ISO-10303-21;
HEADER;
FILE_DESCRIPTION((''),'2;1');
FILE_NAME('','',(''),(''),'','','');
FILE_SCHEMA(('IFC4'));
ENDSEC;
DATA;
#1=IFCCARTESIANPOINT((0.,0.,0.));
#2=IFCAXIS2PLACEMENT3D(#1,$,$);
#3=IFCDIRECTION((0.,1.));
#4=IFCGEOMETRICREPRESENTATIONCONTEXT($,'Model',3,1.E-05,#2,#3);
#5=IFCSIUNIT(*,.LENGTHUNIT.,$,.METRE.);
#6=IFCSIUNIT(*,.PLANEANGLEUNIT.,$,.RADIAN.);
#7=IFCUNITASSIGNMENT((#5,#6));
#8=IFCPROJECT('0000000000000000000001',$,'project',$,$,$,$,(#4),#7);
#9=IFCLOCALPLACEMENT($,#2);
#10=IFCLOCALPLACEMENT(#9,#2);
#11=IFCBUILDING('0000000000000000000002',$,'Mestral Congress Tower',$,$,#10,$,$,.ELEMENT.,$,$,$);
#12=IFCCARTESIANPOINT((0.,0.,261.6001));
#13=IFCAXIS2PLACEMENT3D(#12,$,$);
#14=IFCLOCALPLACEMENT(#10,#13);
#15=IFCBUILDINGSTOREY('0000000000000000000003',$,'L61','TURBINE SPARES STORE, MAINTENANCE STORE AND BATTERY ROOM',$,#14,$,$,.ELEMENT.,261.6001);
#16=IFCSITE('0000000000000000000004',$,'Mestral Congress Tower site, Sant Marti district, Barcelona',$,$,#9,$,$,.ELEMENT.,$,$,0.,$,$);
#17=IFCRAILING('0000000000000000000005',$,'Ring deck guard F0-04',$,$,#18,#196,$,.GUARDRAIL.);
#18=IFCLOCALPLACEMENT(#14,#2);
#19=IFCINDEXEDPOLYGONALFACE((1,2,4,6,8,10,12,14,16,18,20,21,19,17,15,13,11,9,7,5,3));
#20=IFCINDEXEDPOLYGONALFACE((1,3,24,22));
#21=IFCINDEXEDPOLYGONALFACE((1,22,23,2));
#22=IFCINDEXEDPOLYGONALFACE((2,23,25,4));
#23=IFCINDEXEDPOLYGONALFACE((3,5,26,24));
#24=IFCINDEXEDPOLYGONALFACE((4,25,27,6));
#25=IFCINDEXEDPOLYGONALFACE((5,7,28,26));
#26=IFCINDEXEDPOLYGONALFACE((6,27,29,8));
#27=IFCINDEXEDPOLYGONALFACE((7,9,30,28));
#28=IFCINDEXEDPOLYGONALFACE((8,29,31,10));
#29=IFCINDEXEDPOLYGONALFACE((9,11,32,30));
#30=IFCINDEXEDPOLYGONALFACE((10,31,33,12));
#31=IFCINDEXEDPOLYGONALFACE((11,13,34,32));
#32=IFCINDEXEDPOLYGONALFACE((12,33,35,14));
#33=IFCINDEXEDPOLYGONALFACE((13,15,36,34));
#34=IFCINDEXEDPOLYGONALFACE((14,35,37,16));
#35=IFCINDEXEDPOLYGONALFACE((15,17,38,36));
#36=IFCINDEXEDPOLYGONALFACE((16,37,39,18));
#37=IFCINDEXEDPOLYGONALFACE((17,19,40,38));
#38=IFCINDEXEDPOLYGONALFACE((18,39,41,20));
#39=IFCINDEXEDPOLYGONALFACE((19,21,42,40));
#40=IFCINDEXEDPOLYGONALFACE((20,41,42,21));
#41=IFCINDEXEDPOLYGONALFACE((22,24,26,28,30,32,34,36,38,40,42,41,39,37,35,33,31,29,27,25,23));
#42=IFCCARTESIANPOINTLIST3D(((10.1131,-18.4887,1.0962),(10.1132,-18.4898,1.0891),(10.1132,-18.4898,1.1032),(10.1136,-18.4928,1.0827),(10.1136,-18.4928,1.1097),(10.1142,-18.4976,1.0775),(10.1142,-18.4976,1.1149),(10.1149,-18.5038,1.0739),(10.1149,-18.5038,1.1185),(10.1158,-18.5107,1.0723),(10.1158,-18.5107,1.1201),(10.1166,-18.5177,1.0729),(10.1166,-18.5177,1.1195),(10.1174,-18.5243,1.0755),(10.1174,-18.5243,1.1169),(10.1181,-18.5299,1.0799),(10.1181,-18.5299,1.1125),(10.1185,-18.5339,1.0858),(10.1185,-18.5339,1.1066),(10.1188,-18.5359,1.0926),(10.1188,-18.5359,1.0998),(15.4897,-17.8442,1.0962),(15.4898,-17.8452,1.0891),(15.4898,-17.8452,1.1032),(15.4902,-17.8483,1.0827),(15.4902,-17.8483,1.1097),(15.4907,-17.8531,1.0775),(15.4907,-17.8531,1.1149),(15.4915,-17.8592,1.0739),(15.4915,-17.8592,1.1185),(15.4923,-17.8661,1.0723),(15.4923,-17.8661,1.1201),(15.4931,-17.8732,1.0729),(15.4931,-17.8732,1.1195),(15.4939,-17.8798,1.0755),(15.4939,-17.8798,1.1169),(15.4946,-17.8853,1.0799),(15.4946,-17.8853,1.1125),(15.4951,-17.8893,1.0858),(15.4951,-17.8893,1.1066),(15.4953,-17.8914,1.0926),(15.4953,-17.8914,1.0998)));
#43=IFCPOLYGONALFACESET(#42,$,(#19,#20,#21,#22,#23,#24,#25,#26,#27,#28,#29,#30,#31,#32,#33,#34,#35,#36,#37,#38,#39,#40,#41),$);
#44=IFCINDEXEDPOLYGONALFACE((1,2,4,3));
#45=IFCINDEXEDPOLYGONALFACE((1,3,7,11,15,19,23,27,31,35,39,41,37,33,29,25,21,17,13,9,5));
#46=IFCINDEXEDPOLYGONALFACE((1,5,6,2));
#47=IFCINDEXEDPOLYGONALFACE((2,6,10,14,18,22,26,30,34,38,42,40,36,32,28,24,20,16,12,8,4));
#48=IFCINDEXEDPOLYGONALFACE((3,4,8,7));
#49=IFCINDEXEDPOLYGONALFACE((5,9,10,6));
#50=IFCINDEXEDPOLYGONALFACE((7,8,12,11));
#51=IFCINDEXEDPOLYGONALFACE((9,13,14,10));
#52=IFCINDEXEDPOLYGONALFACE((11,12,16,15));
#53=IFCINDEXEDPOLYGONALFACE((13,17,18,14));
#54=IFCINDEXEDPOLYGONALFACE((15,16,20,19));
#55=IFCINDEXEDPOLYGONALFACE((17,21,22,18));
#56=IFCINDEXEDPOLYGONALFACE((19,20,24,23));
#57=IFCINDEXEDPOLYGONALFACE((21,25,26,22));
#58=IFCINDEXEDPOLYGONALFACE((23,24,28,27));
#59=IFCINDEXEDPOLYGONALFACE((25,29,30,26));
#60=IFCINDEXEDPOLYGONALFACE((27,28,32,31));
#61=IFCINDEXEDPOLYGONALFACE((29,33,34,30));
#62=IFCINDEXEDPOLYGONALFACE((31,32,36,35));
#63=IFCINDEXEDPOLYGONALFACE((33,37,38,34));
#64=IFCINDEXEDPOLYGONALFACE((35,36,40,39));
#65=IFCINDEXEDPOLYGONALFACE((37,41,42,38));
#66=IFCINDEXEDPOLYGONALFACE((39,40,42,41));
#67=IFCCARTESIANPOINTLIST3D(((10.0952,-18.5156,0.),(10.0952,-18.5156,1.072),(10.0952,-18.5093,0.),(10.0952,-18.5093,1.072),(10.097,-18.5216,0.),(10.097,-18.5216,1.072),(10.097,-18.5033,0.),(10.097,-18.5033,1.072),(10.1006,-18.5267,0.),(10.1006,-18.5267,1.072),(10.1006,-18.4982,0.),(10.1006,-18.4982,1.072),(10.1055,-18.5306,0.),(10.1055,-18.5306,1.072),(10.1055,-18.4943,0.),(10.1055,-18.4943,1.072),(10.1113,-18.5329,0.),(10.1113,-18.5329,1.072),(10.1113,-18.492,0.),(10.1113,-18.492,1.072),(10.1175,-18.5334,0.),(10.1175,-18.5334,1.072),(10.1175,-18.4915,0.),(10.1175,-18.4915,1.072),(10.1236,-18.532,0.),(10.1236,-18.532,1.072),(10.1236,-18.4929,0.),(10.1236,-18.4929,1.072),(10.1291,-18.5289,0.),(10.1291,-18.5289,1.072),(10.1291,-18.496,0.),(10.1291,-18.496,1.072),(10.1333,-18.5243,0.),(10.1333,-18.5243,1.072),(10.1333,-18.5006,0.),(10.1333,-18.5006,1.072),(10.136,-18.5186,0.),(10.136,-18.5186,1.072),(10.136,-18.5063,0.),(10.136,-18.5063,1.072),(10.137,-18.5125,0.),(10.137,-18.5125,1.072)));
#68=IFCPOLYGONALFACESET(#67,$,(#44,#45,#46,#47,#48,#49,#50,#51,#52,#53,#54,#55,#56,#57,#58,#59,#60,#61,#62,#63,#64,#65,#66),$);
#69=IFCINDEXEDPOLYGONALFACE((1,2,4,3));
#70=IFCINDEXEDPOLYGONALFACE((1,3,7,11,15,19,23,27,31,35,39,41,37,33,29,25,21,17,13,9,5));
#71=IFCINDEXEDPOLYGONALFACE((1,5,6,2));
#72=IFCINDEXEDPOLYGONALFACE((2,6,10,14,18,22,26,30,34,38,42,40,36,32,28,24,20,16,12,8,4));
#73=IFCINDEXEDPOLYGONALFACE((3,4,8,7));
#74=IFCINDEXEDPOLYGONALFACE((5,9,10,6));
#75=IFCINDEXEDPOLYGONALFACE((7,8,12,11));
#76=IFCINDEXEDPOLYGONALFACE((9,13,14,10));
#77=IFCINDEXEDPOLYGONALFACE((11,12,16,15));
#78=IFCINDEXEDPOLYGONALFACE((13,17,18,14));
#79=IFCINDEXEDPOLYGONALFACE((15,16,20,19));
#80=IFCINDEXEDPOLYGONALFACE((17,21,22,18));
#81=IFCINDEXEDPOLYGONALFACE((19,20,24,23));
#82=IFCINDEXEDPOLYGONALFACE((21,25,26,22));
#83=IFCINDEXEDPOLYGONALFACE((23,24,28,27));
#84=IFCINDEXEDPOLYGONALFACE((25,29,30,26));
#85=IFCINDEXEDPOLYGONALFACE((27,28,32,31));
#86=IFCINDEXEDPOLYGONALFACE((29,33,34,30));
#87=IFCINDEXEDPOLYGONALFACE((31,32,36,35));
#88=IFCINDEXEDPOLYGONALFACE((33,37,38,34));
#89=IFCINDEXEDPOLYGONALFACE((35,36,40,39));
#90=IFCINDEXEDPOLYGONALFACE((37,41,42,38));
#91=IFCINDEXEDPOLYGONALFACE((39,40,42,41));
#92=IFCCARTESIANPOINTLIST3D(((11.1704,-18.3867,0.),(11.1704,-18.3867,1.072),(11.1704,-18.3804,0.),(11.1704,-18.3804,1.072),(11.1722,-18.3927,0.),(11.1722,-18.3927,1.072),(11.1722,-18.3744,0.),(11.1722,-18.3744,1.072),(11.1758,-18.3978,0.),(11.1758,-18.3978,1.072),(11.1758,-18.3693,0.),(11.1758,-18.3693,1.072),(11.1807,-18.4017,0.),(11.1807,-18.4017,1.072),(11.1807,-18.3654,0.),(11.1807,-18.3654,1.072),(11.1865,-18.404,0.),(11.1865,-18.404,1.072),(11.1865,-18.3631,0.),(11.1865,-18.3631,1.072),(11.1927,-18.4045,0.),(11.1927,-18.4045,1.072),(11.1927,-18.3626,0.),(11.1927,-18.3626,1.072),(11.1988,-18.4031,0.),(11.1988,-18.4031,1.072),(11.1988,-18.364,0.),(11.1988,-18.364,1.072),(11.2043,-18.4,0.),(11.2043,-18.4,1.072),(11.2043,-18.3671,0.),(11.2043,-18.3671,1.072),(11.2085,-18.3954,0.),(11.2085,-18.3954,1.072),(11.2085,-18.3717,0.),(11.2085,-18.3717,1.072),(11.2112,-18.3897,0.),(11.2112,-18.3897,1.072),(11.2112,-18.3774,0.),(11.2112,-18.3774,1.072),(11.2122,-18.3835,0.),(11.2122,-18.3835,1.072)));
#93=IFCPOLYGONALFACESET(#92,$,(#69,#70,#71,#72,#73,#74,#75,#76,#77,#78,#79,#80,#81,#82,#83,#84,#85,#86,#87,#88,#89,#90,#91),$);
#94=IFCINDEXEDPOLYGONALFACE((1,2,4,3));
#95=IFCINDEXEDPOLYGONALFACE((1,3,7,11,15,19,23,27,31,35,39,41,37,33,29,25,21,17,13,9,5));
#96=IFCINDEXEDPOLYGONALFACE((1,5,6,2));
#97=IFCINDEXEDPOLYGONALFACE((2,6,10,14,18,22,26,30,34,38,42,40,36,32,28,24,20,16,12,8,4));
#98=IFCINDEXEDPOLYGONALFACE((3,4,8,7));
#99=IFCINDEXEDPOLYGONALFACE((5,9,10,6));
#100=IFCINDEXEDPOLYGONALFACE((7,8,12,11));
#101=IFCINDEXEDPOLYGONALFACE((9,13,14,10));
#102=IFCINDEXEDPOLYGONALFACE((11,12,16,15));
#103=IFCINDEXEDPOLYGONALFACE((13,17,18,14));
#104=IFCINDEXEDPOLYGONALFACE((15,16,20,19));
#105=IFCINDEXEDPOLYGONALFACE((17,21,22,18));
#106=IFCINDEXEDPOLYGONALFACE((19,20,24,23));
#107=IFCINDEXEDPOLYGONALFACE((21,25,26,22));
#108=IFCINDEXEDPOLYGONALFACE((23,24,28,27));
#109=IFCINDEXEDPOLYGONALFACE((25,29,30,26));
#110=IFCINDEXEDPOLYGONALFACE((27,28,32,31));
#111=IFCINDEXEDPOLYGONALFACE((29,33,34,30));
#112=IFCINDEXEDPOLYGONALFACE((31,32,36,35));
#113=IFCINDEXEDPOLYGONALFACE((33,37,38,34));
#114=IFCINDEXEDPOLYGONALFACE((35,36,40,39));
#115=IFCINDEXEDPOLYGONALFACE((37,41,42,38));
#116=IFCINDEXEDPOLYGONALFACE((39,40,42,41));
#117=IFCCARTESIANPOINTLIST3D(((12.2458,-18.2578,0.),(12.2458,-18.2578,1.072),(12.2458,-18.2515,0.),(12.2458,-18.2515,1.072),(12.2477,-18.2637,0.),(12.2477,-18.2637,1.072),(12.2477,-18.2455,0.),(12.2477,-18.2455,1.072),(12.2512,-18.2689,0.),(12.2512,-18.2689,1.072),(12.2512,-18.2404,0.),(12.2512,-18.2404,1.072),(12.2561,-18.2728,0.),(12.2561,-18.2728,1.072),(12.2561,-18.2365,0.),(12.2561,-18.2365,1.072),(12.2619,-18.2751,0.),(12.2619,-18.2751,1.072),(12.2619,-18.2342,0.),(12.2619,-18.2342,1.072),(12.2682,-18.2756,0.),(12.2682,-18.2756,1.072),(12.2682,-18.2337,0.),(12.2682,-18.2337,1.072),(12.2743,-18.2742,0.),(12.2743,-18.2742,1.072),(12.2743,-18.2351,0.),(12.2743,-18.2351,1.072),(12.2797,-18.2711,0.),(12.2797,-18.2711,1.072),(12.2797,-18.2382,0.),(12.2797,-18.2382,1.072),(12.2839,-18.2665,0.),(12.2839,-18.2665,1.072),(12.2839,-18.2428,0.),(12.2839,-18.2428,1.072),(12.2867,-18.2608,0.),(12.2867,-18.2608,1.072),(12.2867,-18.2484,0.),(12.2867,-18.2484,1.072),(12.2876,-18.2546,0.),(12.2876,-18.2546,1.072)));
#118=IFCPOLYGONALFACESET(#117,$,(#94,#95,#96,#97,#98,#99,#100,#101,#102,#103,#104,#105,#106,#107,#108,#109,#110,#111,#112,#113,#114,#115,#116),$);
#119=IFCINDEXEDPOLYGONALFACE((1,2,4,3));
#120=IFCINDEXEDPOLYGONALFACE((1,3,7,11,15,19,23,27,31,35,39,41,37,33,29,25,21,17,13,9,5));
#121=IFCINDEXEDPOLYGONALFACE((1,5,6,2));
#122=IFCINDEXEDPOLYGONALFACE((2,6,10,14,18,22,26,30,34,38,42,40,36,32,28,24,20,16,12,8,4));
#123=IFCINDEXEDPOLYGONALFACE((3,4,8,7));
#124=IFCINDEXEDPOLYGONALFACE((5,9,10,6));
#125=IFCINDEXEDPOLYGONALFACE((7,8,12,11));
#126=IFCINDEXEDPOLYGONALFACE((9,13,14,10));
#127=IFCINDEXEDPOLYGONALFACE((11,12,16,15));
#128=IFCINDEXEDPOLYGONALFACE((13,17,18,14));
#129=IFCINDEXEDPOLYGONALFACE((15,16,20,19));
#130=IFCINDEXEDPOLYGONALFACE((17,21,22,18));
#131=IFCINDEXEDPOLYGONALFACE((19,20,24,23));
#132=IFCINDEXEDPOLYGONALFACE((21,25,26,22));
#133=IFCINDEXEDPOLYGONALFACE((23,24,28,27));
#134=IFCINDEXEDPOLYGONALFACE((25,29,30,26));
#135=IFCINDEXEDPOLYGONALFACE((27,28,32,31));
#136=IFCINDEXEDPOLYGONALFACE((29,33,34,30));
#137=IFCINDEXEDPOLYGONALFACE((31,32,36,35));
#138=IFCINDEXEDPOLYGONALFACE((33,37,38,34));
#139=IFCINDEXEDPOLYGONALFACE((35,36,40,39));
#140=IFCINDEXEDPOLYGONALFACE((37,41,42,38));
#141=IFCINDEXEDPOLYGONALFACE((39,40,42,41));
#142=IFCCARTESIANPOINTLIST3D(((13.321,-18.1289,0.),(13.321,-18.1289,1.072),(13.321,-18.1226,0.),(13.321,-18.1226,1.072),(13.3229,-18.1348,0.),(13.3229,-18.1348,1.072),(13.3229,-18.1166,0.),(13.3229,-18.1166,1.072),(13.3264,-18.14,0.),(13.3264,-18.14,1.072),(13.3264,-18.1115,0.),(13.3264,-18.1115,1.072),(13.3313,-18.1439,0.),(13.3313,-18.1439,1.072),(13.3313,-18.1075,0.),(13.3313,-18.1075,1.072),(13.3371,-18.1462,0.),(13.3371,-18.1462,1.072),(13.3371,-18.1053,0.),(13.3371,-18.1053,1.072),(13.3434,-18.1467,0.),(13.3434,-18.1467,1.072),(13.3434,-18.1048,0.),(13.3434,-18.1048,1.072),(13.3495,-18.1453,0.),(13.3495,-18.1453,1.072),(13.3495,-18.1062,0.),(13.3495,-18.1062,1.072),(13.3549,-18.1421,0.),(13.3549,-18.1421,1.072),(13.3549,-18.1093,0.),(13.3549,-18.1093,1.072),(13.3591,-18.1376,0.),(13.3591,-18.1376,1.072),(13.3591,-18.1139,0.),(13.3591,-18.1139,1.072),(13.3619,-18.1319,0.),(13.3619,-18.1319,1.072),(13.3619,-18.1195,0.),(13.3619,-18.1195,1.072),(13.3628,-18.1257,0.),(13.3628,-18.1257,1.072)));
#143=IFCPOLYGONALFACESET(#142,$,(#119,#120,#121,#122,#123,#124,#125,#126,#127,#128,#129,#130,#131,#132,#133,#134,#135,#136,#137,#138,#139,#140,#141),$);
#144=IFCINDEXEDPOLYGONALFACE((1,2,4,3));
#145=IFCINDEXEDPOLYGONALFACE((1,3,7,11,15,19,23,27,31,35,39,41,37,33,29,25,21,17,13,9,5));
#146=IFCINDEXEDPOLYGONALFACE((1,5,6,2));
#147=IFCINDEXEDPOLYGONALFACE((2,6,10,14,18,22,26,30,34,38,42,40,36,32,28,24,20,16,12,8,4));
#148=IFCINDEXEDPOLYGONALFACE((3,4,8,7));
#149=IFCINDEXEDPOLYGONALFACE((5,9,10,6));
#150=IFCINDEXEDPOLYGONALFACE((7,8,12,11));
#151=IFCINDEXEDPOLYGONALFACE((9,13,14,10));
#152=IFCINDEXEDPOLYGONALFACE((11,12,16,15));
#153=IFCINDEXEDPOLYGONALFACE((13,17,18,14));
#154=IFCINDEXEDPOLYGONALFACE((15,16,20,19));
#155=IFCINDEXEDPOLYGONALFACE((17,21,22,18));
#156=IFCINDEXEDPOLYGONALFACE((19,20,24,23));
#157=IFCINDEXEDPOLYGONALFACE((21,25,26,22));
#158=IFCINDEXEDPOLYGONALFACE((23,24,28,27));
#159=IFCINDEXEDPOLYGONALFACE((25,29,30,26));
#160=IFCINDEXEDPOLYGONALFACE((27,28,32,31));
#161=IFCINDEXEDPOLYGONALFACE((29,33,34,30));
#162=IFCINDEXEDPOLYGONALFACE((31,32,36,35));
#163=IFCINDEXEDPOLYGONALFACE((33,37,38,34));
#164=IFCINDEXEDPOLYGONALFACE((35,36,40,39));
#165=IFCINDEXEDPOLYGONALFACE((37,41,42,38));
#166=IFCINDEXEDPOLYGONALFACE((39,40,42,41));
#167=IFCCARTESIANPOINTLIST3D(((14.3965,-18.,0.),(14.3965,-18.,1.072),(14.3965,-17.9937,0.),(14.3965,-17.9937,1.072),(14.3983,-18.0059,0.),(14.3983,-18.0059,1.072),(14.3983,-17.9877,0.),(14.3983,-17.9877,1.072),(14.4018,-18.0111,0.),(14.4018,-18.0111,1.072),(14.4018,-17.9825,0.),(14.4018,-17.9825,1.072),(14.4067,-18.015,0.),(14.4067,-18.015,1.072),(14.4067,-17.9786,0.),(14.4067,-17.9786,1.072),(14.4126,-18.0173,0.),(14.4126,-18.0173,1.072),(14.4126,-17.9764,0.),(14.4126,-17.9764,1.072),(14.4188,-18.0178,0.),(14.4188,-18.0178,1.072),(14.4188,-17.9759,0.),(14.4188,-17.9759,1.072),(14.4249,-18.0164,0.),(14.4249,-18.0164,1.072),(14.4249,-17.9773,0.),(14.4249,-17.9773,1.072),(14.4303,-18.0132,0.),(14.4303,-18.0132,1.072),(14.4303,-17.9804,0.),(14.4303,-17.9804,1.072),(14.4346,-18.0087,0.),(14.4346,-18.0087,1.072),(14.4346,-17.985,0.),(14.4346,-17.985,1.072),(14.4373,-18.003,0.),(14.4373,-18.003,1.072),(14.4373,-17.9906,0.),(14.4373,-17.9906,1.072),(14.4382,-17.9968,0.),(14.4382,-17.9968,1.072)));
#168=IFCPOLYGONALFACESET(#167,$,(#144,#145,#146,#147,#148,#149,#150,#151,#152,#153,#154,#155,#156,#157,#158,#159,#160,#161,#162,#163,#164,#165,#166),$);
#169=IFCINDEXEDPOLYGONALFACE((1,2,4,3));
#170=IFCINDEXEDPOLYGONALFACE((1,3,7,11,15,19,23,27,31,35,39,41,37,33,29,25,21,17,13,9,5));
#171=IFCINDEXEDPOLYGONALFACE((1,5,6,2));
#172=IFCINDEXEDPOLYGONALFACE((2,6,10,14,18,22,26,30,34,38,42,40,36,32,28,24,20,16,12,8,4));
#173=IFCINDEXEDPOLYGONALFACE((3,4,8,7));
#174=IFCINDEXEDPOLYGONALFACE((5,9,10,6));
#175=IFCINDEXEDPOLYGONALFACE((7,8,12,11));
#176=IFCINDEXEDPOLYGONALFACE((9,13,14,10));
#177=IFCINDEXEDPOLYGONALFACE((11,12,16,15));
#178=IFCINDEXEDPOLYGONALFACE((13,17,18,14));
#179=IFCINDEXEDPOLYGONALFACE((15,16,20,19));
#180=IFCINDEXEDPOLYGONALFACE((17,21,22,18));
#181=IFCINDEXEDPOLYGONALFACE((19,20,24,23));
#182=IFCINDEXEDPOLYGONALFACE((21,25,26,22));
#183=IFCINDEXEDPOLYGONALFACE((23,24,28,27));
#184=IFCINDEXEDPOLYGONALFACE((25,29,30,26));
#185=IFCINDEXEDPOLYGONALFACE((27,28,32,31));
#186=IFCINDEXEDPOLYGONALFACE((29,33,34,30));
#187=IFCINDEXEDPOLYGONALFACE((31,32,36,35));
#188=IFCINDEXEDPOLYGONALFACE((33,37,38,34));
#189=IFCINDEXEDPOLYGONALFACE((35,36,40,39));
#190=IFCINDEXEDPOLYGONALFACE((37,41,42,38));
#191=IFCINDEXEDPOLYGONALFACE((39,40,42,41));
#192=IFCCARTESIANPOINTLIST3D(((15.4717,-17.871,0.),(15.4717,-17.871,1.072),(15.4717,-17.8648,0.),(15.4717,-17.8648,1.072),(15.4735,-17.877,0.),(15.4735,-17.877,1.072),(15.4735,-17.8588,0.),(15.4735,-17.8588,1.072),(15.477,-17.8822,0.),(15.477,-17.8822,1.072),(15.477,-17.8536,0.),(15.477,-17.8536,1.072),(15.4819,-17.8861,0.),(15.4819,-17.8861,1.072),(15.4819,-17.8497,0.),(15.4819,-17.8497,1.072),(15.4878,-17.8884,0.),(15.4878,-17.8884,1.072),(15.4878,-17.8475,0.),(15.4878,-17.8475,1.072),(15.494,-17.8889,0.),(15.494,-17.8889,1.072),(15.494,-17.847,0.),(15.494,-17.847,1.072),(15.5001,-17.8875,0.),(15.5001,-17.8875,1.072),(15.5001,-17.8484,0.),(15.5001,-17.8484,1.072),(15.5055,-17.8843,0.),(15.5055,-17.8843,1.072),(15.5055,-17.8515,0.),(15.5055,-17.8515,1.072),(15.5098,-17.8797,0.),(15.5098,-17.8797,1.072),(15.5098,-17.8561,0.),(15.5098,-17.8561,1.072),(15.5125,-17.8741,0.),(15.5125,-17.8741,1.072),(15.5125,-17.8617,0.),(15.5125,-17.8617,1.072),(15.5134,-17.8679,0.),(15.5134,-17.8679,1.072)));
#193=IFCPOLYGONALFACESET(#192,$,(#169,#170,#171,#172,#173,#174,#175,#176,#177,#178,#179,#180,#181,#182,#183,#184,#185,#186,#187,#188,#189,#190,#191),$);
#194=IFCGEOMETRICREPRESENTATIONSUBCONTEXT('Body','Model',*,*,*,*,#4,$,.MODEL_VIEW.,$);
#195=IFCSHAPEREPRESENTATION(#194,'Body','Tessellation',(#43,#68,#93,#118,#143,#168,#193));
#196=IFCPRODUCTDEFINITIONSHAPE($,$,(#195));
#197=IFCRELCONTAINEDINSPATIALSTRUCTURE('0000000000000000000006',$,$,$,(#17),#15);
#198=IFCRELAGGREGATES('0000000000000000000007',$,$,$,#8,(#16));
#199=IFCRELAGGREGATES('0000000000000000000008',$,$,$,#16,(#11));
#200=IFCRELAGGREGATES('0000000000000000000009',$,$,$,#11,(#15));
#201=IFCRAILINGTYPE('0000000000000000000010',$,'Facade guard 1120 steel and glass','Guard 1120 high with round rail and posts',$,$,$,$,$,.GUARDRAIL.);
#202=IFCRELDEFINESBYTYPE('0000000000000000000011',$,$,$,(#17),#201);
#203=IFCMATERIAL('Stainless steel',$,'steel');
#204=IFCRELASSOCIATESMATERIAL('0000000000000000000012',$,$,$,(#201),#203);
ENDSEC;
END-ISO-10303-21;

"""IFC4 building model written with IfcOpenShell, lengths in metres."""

from ifc_helpers import new_model, si_unit, direction, frame, origin, origin_2d, place, context, subcontext, project, spatial, circle, extrude, material, type_object, element, save


model = new_model("IFC4")

# Units and contexts
model_context = context("Model", 3, precision=1e-05, world=origin(), true_north=direction((0.0, 1.0)))
body_context = subcontext(model_context, "Body", "Model", "MODEL_VIEW")
ifc_project = project(units=[si_unit("LENGTHUNIT", "METRE"), si_unit("PLANEANGLEUNIT", "RADIAN")], contexts=[model_context])

# Site, building, storey
site_placement = place(None, origin())
site = spatial("IfcSite", under=ifc_project, at=site_placement, Name="Mestral Congress Tower site, Sant Marti district, Barcelona", CompositionType="ELEMENT", RefElevation=0.0)
building_placement = place(site_placement, origin())
building = spatial("IfcBuilding", under=site, at=building_placement, Name="Mestral Congress Tower", CompositionType="ELEMENT")
storey_placement = place(building_placement, frame((0.0, 0.0, 261.6001)))
storey = spatial("IfcBuildingStorey", under=building, at=storey_placement, Name="L61", Description="TURBINE SPARES STORE, MAINTENANCE STORE AND BATTERY ROOM", CompositionType="ELEMENT", Elevation=261.6001)

# Railing
ifc_material_1 = material(Name="Stainless steel", Category="steel")
railing_type = type_object("IfcRailingType", Name="Facade guard 1120 steel and glass", Description="Guard 1120 high with round rail and posts", PredefinedType="GUARDRAIL", material=ifc_material_1)
railing_1_placement = place(storey_placement, frame((10.116, -18.5125, 0.0)))
element("IfcRailing", 1, at=railing_1_placement, inside=storey, type_object=railing_type, Name="Ring deck guard F0-04", PredefinedType="GUARDRAIL", context=body_context, shape_type="SweptSolid", body=[
    extrude(circle(Radius=0.0239, at=origin_2d()), frame((0.0, 0.0, 1.0962), z_axis=(0.992891, 0.119028, 0.0), x_axis=(-0.119028, 0.992891, 0.0)), (0.0, 0.0, 1.0), 5.415),
    extrude(circle(Radius=0.021, at=origin_2d()), origin(), (0.0, 0.0, 1.0), 1.072),
    extrude(circle(Radius=0.021, at=origin_2d()), frame((1.0752, 0.1289, 0.0)), (0.0, 0.0, 1.0), 1.072),
    extrude(circle(Radius=0.021, at=origin_2d()), frame((2.1506, 0.2578, 0.0)), (0.0, 0.0, 1.0), 1.072),
    extrude(circle(Radius=0.021, at=origin_2d()), frame((3.2258, 0.3867, 0.0)), (0.0, 0.0, 1.0), 1.072),
    extrude(circle(Radius=0.021, at=origin_2d()), frame((4.3013, 0.5156, 0.0)), (0.0, 0.0, 1.0), 1.072),
    extrude(circle(Radius=0.021, at=origin_2d()), frame((5.3765, 0.6445, 0.0)), (0.0, 0.0, 1.0), 1.072),
])

save(model, "model.ifc")
